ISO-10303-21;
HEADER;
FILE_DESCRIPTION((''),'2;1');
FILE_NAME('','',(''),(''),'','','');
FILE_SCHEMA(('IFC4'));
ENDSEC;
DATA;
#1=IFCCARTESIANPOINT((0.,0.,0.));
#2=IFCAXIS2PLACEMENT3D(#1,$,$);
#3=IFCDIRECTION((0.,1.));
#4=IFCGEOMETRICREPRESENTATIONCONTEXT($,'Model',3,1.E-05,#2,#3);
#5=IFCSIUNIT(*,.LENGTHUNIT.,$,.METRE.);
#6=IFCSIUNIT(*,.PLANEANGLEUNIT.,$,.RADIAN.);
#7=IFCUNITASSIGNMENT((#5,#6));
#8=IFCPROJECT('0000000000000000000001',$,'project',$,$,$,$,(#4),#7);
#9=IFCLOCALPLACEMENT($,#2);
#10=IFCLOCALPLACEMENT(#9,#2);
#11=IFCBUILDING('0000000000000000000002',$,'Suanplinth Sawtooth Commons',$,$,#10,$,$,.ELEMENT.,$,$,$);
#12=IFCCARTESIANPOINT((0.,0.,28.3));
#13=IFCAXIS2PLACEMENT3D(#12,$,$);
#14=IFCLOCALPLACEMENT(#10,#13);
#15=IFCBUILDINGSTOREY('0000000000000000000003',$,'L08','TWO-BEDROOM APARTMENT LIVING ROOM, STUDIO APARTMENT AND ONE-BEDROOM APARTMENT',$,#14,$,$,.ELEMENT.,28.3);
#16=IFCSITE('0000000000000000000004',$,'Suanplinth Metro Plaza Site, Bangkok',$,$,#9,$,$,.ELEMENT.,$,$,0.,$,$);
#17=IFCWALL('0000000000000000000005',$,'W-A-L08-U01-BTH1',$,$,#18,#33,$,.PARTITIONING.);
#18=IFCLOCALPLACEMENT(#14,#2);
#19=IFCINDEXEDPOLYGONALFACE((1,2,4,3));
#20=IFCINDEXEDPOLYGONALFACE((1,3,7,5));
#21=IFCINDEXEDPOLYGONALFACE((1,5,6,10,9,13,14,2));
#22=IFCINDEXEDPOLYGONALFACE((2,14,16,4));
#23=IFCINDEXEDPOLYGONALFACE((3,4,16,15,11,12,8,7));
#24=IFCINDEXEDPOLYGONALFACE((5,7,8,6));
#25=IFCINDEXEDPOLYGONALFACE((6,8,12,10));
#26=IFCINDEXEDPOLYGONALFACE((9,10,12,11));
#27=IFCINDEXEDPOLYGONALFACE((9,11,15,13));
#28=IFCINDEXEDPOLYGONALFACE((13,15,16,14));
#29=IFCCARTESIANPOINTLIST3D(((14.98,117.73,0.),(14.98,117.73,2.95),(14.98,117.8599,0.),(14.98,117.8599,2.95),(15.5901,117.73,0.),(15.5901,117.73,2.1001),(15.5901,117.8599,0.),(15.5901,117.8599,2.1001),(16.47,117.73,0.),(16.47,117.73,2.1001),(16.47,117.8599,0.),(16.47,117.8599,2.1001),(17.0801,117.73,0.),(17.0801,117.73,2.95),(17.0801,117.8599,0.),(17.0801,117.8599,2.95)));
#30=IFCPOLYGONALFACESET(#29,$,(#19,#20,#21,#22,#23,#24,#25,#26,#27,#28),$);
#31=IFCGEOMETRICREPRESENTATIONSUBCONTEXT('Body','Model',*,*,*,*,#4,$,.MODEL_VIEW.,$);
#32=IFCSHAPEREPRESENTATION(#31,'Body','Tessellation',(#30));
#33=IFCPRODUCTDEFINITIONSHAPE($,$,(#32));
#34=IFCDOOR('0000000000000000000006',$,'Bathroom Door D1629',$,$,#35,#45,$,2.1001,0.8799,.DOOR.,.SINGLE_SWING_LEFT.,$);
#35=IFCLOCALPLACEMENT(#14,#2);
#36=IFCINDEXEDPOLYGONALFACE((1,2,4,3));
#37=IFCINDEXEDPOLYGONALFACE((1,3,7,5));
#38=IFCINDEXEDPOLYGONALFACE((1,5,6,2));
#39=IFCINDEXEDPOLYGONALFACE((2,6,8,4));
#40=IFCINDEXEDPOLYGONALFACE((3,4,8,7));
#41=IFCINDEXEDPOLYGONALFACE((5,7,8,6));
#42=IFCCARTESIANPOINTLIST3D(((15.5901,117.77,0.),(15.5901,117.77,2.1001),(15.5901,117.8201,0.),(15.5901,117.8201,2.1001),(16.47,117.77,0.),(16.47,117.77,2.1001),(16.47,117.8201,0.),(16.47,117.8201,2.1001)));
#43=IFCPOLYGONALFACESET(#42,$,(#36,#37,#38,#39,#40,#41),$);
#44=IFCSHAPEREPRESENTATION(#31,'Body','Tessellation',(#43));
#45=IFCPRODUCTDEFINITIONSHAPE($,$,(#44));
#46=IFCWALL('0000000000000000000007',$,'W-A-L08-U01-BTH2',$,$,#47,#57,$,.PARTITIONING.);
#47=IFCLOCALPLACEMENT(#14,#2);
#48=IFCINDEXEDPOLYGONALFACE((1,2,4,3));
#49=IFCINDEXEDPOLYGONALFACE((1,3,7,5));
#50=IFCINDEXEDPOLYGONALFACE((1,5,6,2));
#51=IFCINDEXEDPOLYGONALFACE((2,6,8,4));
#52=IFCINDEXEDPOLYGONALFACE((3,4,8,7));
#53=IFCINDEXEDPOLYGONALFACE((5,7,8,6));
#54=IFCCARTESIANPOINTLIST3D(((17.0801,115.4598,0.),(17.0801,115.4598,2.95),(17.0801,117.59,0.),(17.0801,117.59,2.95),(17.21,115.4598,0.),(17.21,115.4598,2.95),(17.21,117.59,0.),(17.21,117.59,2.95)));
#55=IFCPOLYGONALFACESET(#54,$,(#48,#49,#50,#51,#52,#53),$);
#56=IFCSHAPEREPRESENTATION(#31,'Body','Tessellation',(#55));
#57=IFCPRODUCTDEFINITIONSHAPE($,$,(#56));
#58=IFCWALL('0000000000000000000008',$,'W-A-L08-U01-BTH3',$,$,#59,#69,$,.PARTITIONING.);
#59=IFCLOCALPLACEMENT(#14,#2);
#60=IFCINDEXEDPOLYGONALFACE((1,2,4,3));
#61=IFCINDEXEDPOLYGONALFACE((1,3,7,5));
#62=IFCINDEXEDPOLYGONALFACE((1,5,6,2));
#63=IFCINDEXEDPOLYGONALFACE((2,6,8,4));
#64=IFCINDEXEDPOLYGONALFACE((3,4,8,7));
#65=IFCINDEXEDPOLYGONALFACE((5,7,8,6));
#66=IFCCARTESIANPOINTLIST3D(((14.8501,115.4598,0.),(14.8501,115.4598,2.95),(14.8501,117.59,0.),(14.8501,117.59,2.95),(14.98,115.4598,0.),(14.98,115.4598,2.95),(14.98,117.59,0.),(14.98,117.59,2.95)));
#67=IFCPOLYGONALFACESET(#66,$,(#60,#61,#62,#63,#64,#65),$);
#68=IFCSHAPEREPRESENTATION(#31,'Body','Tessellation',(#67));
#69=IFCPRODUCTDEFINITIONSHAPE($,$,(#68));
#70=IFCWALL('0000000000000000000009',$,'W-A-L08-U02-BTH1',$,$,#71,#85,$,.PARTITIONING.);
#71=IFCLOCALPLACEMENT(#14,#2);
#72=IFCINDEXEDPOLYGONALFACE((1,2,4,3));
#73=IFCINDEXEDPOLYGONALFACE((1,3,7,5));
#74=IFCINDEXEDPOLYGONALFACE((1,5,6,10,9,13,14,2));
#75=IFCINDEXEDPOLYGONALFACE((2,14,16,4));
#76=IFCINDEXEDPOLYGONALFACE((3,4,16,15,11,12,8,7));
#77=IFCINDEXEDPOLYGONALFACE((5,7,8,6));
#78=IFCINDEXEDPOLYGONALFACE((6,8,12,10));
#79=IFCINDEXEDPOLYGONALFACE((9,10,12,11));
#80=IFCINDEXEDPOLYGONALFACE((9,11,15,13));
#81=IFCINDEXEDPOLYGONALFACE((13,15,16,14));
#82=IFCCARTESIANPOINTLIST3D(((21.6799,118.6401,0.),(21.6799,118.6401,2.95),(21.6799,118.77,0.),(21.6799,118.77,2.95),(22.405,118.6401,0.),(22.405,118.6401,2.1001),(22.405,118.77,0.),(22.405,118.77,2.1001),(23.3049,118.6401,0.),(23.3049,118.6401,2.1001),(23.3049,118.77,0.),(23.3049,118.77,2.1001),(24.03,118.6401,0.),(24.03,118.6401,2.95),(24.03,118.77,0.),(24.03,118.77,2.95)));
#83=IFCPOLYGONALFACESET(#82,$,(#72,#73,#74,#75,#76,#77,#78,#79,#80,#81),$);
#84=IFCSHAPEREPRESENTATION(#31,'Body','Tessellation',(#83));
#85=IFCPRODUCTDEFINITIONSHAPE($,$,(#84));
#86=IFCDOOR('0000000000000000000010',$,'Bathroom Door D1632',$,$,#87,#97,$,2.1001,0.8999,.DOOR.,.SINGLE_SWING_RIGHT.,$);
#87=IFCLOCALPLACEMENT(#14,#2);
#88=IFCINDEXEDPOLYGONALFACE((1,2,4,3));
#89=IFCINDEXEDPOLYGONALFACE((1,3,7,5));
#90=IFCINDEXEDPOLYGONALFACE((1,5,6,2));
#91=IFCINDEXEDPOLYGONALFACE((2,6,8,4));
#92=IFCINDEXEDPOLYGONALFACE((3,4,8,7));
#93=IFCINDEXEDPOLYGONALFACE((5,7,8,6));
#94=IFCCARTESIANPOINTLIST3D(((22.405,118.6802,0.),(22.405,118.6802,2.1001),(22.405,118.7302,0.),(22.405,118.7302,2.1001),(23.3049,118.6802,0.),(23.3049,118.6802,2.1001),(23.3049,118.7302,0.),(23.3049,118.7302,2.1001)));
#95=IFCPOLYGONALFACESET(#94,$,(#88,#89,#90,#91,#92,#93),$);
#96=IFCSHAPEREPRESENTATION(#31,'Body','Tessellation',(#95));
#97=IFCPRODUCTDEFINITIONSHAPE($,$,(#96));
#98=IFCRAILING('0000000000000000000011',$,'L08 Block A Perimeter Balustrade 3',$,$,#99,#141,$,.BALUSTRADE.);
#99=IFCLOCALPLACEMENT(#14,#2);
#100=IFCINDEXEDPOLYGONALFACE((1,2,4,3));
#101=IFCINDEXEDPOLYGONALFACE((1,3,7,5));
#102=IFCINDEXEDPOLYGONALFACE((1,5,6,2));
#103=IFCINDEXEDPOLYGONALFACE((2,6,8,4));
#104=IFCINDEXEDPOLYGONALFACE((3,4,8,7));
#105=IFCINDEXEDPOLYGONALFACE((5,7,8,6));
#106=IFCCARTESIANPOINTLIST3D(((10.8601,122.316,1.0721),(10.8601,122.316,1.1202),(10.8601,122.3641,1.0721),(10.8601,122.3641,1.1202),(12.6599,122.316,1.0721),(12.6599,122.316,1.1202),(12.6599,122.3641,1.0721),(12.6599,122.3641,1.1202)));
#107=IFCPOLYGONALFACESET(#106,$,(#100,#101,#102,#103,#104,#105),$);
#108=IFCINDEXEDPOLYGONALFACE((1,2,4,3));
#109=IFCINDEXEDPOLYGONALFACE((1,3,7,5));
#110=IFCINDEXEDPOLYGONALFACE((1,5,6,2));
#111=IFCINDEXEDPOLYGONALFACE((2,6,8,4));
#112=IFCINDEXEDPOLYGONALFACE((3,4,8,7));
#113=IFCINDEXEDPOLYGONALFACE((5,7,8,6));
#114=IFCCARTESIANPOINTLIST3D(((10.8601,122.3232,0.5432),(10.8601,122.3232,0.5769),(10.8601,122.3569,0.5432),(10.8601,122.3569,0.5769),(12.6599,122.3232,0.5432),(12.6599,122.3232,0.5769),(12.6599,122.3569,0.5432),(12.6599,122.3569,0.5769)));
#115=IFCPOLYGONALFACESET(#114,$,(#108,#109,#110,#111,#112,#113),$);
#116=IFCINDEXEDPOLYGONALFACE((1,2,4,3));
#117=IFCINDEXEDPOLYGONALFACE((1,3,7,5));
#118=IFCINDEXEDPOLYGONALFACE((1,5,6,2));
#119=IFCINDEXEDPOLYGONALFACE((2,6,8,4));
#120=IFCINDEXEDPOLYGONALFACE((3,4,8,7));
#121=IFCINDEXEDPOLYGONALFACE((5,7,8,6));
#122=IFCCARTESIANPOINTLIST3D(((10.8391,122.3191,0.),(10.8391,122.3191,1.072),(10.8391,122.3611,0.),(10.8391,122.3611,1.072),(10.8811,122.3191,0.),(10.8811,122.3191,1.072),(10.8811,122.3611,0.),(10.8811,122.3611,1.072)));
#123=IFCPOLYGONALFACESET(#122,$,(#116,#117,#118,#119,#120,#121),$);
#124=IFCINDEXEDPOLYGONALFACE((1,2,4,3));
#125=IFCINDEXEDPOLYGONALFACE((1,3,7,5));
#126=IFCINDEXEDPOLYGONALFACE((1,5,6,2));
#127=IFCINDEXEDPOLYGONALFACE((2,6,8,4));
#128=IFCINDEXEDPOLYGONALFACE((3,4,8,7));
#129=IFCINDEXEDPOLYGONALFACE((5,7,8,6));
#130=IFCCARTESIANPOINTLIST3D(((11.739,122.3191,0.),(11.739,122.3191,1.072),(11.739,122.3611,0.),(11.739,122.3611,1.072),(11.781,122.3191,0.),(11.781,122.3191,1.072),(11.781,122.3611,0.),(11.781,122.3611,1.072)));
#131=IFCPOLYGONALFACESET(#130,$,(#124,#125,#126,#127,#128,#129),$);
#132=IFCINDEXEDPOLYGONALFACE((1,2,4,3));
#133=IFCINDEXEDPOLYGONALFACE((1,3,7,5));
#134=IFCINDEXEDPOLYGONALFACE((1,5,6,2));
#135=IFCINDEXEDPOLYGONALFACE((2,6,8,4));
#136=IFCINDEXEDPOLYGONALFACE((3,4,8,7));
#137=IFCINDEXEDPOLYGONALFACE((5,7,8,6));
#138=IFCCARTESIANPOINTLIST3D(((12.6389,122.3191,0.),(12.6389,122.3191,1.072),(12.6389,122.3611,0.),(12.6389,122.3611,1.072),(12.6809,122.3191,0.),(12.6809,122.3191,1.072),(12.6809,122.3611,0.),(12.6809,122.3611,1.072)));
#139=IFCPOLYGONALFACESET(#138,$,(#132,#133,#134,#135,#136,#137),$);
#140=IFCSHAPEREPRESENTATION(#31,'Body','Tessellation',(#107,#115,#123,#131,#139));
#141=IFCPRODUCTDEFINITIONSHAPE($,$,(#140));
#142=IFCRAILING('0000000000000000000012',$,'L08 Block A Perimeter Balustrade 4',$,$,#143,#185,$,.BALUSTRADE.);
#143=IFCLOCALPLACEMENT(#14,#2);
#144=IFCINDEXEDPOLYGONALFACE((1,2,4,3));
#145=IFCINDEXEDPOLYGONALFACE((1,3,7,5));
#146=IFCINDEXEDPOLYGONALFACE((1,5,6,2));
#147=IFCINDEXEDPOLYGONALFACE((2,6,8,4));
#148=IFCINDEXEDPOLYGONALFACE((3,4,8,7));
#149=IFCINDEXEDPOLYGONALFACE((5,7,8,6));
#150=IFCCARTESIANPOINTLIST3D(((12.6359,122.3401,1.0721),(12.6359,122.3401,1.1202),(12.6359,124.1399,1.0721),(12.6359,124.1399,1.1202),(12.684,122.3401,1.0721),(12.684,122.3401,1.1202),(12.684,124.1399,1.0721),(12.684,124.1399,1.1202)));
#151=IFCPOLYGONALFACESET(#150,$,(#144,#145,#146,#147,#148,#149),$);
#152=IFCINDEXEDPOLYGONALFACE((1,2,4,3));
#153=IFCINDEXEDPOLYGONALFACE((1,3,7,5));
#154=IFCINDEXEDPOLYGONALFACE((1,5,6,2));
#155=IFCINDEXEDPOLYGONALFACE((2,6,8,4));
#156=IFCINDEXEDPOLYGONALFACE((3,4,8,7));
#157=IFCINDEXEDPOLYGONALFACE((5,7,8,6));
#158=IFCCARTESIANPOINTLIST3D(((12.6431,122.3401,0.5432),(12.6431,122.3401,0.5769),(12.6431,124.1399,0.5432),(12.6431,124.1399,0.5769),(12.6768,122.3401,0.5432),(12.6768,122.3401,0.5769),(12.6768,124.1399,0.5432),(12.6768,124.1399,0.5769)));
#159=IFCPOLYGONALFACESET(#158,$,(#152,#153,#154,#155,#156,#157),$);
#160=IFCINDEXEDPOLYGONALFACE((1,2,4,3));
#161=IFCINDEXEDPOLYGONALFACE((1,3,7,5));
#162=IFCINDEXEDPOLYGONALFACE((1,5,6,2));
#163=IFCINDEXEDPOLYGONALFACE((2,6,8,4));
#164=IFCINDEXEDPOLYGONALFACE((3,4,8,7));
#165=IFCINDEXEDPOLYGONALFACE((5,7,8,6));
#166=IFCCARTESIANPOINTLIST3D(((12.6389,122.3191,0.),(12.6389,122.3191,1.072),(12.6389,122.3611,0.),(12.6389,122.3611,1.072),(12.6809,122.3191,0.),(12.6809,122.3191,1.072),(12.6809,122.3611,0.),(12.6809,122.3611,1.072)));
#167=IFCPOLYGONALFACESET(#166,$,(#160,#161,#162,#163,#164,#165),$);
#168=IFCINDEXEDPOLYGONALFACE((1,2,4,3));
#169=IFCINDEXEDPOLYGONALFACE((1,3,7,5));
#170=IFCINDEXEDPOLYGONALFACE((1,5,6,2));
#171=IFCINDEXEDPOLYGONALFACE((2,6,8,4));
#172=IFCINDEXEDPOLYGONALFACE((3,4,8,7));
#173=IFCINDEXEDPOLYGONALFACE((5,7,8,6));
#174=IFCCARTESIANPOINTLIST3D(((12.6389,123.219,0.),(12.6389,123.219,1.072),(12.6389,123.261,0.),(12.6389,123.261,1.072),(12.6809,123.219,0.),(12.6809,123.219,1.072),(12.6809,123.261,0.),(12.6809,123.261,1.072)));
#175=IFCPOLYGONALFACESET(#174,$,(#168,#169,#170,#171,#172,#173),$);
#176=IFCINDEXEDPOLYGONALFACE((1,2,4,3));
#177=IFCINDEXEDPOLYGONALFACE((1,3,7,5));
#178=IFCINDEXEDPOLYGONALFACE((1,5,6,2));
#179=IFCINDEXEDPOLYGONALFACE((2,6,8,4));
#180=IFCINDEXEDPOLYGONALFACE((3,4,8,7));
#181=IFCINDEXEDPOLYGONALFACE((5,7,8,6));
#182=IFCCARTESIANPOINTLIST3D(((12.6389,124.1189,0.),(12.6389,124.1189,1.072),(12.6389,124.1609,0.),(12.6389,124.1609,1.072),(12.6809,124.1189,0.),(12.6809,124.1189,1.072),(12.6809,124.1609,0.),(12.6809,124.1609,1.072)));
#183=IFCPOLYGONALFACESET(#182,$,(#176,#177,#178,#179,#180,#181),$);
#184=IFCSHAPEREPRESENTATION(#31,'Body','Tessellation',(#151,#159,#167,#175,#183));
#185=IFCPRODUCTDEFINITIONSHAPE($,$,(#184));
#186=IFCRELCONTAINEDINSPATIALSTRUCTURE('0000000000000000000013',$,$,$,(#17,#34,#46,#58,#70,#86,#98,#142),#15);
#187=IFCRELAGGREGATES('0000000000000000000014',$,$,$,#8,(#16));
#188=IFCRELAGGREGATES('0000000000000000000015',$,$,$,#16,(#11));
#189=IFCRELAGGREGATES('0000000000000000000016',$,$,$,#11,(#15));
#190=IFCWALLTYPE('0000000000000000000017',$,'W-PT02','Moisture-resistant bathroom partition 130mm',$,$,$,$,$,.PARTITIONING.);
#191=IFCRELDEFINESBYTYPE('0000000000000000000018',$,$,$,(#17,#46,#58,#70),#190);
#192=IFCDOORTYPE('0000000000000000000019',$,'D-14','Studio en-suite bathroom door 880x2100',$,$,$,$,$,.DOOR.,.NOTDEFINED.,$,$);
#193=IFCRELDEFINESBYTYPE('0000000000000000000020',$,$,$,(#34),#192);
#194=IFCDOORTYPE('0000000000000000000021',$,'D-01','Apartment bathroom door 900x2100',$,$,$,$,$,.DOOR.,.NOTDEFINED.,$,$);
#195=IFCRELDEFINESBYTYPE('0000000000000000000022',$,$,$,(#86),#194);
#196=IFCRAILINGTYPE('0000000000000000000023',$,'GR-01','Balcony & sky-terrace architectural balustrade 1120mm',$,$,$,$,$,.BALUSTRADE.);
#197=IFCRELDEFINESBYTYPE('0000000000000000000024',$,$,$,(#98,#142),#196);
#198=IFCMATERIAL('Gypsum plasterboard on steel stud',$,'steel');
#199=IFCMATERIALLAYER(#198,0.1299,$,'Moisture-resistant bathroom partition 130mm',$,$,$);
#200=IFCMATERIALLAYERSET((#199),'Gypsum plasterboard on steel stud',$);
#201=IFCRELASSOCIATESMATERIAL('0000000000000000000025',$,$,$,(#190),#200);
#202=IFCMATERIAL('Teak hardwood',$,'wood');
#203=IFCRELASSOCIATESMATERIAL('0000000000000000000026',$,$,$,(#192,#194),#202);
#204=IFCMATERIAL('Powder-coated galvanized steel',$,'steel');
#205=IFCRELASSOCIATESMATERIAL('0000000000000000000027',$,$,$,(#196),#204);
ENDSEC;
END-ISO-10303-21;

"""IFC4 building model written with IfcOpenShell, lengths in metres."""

from ifc_helpers import new_model, si_unit, direction, frame, frame_2d, origin, origin_2d, place, context, subcontext, project, spatial, rectangle, extrude, material, layer, layer_set, type_object, element, fill, save


model = new_model("IFC4")

# Units and contexts
model_context = context("Model", 3, precision=1e-05, world=origin(), true_north=direction((0.0, 1.0)))
body_context = subcontext(model_context, "Body", "Model", "MODEL_VIEW")
ifc_project = project(units=[si_unit("LENGTHUNIT", "METRE"), si_unit("PLANEANGLEUNIT", "RADIAN")], contexts=[model_context])

# Site, building, storey
site_placement = place(None, origin())
site = spatial("IfcSite", under=ifc_project, at=site_placement, Name="Suanplinth Metro Plaza Site, Bangkok", CompositionType="ELEMENT", RefElevation=0.0)
building_placement = place(site_placement, origin())
building = spatial("IfcBuilding", under=site, at=building_placement, Name="Suanplinth Sawtooth Commons", CompositionType="ELEMENT")
storey_placement = place(building_placement, frame((0.0, 0.0, 28.3)))
storey = spatial("IfcBuildingStorey", under=building, at=storey_placement, Name="L08", Description="TWO-BEDROOM APARTMENT LIVING ROOM, STUDIO APARTMENT AND ONE-BEDROOM APARTMENT", CompositionType="ELEMENT", Elevation=28.3)

# Shared definitions
ifc_material_1 = material(Name="Gypsum plasterboard on steel stud", Category="steel")
ifc_material_2 = material(Name="Teak hardwood", Category="wood")

# Wall, opening, door
ifc_layer_1 = layer(ifc_material_1, 0.1299, Name="Moisture-resistant bathroom partition 130mm")
ifc_layer_set_1 = layer_set([ifc_layer_1], Name="Gypsum plasterboard on steel stud")
wall_type_1 = type_object("IfcWallType", Name="W-PT02", Description="Moisture-resistant bathroom partition 130mm", PredefinedType="PARTITIONING", material=ifc_layer_set_1)
wall_1_placement = place(storey_placement, frame((14.98, 117.7949, 0.0), z_axis=(0.0, 0.0, 1.0), x_axis=(1.0, 0.0, 0.0)))
wall_1 = element("IfcWall", 1, at=wall_1_placement, inside=storey, type_object=wall_type_1, Name="W-A-L08-U01-BTH1", PredefinedType="PARTITIONING", context=body_context, shape_type="SweptSolid", body=[
    extrude(rectangle(XDim=2.1001, YDim=0.1299, at=frame_2d((1.05, 0.0))), origin(), (0.0, 0.0, 1.0), 2.95),
])
opening_1_placement = place(wall_1_placement, frame((0.6101, 0.0, 0.0)))
opening_1 = element("IfcOpeningElement", 2, at=opening_1_placement, cuts=wall_1, PredefinedType="OPENING", context=body_context, shape_type="SweptSolid", body=[
    extrude(rectangle(XDim=0.8799, YDim=2.1001, at=frame_2d((0.4399, 1.05))), frame((0.0, 0.0798, 0.0), z_axis=(0.0, -1.0, 0.0), x_axis=(1.0, 0.0, 0.0)), (0.0, 0.0, 1.0), 0.1597),
])
door_type_1 = type_object("IfcDoorType", Name="D-14", Description="Studio en-suite bathroom door 880x2100", OperationType="NOTDEFINED", PredefinedType="DOOR", material=ifc_material_2)
door_1_placement = place(opening_1_placement, frame((0.8799, 0.0, 0.0), z_axis=(0.0, 0.0, 1.0), x_axis=(-1.0, 0.0, 0.0)))
door_1 = element("IfcDoor", 3, at=door_1_placement, inside=storey, type_object=door_type_1, Name="Bathroom Door D1629", OperationType="SINGLE_SWING_LEFT", OverallHeight=2.1001, OverallWidth=0.8799, PredefinedType="DOOR", context=body_context, shape_type="SweptSolid", body=[
    extrude(rectangle(XDim=0.8799, YDim=2.1001, at=frame_2d((0.4399, 1.05))), frame((0.0, 0.0249, 0.0), z_axis=(0.0, -1.0, 0.0), x_axis=(1.0, 0.0, 0.0)), (0.0, 0.0, 1.0), 0.05),
])
fill(opening_1, door_1)

# Walls
for number, where, z_axis, x_axis, name in (
    (4, (17.145, 115.46, 0.0), (0.0, 0.0, 1.0), (0.0, 1.0, 0.0), "W-A-L08-U01-BTH2"),
    (5, (14.915, 115.46, 0.0), (0.0, 0.0, 1.0), (0.0, 1.0, 0.0), "W-A-L08-U01-BTH3"),
):
    element("IfcWall", number, at=place(storey_placement, frame(where, z_axis=z_axis, x_axis=x_axis)), inside=storey, type_object=wall_type_1, Name=name, PredefinedType="PARTITIONING", context=body_context, shape_type="SweptSolid", body=[
        extrude(rectangle(XDim=2.1301, YDim=0.1299, at=frame_2d((1.0649, 0.0))), origin(), (0.0, 0.0, 1.0), 2.95),
    ])

# Wall, opening, door
wall_2_placement = place(storey_placement, frame((21.6799, 118.7051, 0.0), z_axis=(0.0, 0.0, 1.0), x_axis=(1.0, 0.0, 0.0)))
wall_2 = element("IfcWall", 6, at=wall_2_placement, inside=storey, type_object=wall_type_1, Name="W-A-L08-U02-BTH1", PredefinedType="PARTITIONING", context=body_context, shape_type="SweptSolid", body=[
    extrude(rectangle(XDim=2.3501, YDim=0.1299, at=frame_2d((1.175, 0.0))), origin(), (0.0, 0.0, 1.0), 2.95),
])
opening_2_placement = place(wall_2_placement, frame((0.7251, 0.0, 0.0)))
opening_2 = element("IfcOpeningElement", 7, at=opening_2_placement, cuts=wall_2, PredefinedType="OPENING", context=body_context, shape_type="SweptSolid", body=[
    extrude(rectangle(XDim=0.8999, YDim=2.1001, at=frame_2d((0.45, 1.05))), frame((0.0, 0.0798, 0.0), z_axis=(0.0, -1.0, 0.0), x_axis=(1.0, 0.0, 0.0)), (0.0, 0.0, 1.0), 0.1597),
])
door_type_2 = type_object("IfcDoorType", Name="D-01", Description="Apartment bathroom door 900x2100", OperationType="NOTDEFINED", PredefinedType="DOOR", material=ifc_material_2)
door_2_placement = place(opening_2_placement, frame((0.8999, 0.0, 0.0), z_axis=(0.0, 0.0, 1.0), x_axis=(-1.0, 0.0, 0.0)))
door_2 = element("IfcDoor", 8, at=door_2_placement, inside=storey, type_object=door_type_2, Name="Bathroom Door D1632", OperationType="SINGLE_SWING_RIGHT", OverallHeight=2.1001, OverallWidth=0.8999, PredefinedType="DOOR", context=body_context, shape_type="SweptSolid", body=[
    extrude(rectangle(XDim=0.8999, YDim=2.1001, at=frame_2d((0.45, 1.05))), frame((0.0, 0.0249, 0.0), z_axis=(0.0, -1.0, 0.0), x_axis=(1.0, 0.0, 0.0)), (0.0, 0.0, 1.0), 0.05),
])
fill(opening_2, door_2)

# Railings
ifc_material_3 = material(Name="Powder-coated galvanized steel", Category="steel")
railing_type = type_object("IfcRailingType", Name="GR-01", Description="Balcony & sky-terrace architectural balustrade 1120mm", PredefinedType="BALUSTRADE", material=ifc_material_3)
railing_1_placement = place(storey_placement, frame((10.8601, 122.3401, 0.0)))
element("IfcRailing", 9, at=railing_1_placement, inside=storey, type_object=railing_type, Name="L08 Block A Perimeter Balustrade 3", PredefinedType="BALUSTRADE", context=body_context, shape_type="SweptSolid", body=[
    extrude(rectangle(XDim=0.0481, YDim=0.0481, at=origin_2d()), frame((0.0, 0.0, 1.0962), z_axis=(1.0, 0.0, 0.0), x_axis=(0.0, 1.0, 0.0)), (0.0, 0.0, 1.0), 1.7998),
    extrude(rectangle(XDim=0.0337, YDim=0.0337, at=origin_2d()), frame((0.0, 0.0, 0.5601), z_axis=(1.0, 0.0, 0.0), x_axis=(0.0, 1.0, 0.0)), (0.0, 0.0, 1.0), 1.7998),
    extrude(rectangle(XDim=0.042, YDim=0.042, at=origin_2d()), origin(), (0.0, 0.0, 1.0), 1.072),
    extrude(rectangle(XDim=0.042, YDim=0.042, at=origin_2d()), frame((0.8999, 0.0, 0.0)), (0.0, 0.0, 1.0), 1.072),
    extrude(rectangle(XDim=0.042, YDim=0.042, at=origin_2d()), frame((1.7998, 0.0, 0.0)), (0.0, 0.0, 1.0), 1.072),
])
railing_2_placement = place(storey_placement, frame((12.6599, 122.3401, 0.0)))
element("IfcRailing", 10, at=railing_2_placement, inside=storey, type_object=railing_type, Name="L08 Block A Perimeter Balustrade 4", PredefinedType="BALUSTRADE", context=body_context, shape_type="SweptSolid", body=[
    extrude(rectangle(XDim=0.0481, YDim=0.0481, at=origin_2d()), frame((0.0, 0.0, 1.0962), z_axis=(0.0, 1.0, 0.0), x_axis=(-1.0, 0.0, 0.0)), (0.0, 0.0, 1.0), 1.7998),
    extrude(rectangle(XDim=0.0337, YDim=0.0337, at=origin_2d()), frame((0.0, 0.0, 0.5601), z_axis=(0.0, 1.0, 0.0), x_axis=(-1.0, 0.0, 0.0)), (0.0, 0.0, 1.0), 1.7998),
    extrude(rectangle(XDim=0.042, YDim=0.042, at=origin_2d()), origin(), (0.0, 0.0, 1.0), 1.072),
    extrude(rectangle(XDim=0.042, YDim=0.042, at=origin_2d()), frame((0.0, 0.8999, 0.0)), (0.0, 0.0, 1.0), 1.072),
    extrude(rectangle(XDim=0.042, YDim=0.042, at=origin_2d()), frame((0.0, 1.7998, 0.0)), (0.0, 0.0, 1.0), 1.072),
])

save(model, "model.ifc")
